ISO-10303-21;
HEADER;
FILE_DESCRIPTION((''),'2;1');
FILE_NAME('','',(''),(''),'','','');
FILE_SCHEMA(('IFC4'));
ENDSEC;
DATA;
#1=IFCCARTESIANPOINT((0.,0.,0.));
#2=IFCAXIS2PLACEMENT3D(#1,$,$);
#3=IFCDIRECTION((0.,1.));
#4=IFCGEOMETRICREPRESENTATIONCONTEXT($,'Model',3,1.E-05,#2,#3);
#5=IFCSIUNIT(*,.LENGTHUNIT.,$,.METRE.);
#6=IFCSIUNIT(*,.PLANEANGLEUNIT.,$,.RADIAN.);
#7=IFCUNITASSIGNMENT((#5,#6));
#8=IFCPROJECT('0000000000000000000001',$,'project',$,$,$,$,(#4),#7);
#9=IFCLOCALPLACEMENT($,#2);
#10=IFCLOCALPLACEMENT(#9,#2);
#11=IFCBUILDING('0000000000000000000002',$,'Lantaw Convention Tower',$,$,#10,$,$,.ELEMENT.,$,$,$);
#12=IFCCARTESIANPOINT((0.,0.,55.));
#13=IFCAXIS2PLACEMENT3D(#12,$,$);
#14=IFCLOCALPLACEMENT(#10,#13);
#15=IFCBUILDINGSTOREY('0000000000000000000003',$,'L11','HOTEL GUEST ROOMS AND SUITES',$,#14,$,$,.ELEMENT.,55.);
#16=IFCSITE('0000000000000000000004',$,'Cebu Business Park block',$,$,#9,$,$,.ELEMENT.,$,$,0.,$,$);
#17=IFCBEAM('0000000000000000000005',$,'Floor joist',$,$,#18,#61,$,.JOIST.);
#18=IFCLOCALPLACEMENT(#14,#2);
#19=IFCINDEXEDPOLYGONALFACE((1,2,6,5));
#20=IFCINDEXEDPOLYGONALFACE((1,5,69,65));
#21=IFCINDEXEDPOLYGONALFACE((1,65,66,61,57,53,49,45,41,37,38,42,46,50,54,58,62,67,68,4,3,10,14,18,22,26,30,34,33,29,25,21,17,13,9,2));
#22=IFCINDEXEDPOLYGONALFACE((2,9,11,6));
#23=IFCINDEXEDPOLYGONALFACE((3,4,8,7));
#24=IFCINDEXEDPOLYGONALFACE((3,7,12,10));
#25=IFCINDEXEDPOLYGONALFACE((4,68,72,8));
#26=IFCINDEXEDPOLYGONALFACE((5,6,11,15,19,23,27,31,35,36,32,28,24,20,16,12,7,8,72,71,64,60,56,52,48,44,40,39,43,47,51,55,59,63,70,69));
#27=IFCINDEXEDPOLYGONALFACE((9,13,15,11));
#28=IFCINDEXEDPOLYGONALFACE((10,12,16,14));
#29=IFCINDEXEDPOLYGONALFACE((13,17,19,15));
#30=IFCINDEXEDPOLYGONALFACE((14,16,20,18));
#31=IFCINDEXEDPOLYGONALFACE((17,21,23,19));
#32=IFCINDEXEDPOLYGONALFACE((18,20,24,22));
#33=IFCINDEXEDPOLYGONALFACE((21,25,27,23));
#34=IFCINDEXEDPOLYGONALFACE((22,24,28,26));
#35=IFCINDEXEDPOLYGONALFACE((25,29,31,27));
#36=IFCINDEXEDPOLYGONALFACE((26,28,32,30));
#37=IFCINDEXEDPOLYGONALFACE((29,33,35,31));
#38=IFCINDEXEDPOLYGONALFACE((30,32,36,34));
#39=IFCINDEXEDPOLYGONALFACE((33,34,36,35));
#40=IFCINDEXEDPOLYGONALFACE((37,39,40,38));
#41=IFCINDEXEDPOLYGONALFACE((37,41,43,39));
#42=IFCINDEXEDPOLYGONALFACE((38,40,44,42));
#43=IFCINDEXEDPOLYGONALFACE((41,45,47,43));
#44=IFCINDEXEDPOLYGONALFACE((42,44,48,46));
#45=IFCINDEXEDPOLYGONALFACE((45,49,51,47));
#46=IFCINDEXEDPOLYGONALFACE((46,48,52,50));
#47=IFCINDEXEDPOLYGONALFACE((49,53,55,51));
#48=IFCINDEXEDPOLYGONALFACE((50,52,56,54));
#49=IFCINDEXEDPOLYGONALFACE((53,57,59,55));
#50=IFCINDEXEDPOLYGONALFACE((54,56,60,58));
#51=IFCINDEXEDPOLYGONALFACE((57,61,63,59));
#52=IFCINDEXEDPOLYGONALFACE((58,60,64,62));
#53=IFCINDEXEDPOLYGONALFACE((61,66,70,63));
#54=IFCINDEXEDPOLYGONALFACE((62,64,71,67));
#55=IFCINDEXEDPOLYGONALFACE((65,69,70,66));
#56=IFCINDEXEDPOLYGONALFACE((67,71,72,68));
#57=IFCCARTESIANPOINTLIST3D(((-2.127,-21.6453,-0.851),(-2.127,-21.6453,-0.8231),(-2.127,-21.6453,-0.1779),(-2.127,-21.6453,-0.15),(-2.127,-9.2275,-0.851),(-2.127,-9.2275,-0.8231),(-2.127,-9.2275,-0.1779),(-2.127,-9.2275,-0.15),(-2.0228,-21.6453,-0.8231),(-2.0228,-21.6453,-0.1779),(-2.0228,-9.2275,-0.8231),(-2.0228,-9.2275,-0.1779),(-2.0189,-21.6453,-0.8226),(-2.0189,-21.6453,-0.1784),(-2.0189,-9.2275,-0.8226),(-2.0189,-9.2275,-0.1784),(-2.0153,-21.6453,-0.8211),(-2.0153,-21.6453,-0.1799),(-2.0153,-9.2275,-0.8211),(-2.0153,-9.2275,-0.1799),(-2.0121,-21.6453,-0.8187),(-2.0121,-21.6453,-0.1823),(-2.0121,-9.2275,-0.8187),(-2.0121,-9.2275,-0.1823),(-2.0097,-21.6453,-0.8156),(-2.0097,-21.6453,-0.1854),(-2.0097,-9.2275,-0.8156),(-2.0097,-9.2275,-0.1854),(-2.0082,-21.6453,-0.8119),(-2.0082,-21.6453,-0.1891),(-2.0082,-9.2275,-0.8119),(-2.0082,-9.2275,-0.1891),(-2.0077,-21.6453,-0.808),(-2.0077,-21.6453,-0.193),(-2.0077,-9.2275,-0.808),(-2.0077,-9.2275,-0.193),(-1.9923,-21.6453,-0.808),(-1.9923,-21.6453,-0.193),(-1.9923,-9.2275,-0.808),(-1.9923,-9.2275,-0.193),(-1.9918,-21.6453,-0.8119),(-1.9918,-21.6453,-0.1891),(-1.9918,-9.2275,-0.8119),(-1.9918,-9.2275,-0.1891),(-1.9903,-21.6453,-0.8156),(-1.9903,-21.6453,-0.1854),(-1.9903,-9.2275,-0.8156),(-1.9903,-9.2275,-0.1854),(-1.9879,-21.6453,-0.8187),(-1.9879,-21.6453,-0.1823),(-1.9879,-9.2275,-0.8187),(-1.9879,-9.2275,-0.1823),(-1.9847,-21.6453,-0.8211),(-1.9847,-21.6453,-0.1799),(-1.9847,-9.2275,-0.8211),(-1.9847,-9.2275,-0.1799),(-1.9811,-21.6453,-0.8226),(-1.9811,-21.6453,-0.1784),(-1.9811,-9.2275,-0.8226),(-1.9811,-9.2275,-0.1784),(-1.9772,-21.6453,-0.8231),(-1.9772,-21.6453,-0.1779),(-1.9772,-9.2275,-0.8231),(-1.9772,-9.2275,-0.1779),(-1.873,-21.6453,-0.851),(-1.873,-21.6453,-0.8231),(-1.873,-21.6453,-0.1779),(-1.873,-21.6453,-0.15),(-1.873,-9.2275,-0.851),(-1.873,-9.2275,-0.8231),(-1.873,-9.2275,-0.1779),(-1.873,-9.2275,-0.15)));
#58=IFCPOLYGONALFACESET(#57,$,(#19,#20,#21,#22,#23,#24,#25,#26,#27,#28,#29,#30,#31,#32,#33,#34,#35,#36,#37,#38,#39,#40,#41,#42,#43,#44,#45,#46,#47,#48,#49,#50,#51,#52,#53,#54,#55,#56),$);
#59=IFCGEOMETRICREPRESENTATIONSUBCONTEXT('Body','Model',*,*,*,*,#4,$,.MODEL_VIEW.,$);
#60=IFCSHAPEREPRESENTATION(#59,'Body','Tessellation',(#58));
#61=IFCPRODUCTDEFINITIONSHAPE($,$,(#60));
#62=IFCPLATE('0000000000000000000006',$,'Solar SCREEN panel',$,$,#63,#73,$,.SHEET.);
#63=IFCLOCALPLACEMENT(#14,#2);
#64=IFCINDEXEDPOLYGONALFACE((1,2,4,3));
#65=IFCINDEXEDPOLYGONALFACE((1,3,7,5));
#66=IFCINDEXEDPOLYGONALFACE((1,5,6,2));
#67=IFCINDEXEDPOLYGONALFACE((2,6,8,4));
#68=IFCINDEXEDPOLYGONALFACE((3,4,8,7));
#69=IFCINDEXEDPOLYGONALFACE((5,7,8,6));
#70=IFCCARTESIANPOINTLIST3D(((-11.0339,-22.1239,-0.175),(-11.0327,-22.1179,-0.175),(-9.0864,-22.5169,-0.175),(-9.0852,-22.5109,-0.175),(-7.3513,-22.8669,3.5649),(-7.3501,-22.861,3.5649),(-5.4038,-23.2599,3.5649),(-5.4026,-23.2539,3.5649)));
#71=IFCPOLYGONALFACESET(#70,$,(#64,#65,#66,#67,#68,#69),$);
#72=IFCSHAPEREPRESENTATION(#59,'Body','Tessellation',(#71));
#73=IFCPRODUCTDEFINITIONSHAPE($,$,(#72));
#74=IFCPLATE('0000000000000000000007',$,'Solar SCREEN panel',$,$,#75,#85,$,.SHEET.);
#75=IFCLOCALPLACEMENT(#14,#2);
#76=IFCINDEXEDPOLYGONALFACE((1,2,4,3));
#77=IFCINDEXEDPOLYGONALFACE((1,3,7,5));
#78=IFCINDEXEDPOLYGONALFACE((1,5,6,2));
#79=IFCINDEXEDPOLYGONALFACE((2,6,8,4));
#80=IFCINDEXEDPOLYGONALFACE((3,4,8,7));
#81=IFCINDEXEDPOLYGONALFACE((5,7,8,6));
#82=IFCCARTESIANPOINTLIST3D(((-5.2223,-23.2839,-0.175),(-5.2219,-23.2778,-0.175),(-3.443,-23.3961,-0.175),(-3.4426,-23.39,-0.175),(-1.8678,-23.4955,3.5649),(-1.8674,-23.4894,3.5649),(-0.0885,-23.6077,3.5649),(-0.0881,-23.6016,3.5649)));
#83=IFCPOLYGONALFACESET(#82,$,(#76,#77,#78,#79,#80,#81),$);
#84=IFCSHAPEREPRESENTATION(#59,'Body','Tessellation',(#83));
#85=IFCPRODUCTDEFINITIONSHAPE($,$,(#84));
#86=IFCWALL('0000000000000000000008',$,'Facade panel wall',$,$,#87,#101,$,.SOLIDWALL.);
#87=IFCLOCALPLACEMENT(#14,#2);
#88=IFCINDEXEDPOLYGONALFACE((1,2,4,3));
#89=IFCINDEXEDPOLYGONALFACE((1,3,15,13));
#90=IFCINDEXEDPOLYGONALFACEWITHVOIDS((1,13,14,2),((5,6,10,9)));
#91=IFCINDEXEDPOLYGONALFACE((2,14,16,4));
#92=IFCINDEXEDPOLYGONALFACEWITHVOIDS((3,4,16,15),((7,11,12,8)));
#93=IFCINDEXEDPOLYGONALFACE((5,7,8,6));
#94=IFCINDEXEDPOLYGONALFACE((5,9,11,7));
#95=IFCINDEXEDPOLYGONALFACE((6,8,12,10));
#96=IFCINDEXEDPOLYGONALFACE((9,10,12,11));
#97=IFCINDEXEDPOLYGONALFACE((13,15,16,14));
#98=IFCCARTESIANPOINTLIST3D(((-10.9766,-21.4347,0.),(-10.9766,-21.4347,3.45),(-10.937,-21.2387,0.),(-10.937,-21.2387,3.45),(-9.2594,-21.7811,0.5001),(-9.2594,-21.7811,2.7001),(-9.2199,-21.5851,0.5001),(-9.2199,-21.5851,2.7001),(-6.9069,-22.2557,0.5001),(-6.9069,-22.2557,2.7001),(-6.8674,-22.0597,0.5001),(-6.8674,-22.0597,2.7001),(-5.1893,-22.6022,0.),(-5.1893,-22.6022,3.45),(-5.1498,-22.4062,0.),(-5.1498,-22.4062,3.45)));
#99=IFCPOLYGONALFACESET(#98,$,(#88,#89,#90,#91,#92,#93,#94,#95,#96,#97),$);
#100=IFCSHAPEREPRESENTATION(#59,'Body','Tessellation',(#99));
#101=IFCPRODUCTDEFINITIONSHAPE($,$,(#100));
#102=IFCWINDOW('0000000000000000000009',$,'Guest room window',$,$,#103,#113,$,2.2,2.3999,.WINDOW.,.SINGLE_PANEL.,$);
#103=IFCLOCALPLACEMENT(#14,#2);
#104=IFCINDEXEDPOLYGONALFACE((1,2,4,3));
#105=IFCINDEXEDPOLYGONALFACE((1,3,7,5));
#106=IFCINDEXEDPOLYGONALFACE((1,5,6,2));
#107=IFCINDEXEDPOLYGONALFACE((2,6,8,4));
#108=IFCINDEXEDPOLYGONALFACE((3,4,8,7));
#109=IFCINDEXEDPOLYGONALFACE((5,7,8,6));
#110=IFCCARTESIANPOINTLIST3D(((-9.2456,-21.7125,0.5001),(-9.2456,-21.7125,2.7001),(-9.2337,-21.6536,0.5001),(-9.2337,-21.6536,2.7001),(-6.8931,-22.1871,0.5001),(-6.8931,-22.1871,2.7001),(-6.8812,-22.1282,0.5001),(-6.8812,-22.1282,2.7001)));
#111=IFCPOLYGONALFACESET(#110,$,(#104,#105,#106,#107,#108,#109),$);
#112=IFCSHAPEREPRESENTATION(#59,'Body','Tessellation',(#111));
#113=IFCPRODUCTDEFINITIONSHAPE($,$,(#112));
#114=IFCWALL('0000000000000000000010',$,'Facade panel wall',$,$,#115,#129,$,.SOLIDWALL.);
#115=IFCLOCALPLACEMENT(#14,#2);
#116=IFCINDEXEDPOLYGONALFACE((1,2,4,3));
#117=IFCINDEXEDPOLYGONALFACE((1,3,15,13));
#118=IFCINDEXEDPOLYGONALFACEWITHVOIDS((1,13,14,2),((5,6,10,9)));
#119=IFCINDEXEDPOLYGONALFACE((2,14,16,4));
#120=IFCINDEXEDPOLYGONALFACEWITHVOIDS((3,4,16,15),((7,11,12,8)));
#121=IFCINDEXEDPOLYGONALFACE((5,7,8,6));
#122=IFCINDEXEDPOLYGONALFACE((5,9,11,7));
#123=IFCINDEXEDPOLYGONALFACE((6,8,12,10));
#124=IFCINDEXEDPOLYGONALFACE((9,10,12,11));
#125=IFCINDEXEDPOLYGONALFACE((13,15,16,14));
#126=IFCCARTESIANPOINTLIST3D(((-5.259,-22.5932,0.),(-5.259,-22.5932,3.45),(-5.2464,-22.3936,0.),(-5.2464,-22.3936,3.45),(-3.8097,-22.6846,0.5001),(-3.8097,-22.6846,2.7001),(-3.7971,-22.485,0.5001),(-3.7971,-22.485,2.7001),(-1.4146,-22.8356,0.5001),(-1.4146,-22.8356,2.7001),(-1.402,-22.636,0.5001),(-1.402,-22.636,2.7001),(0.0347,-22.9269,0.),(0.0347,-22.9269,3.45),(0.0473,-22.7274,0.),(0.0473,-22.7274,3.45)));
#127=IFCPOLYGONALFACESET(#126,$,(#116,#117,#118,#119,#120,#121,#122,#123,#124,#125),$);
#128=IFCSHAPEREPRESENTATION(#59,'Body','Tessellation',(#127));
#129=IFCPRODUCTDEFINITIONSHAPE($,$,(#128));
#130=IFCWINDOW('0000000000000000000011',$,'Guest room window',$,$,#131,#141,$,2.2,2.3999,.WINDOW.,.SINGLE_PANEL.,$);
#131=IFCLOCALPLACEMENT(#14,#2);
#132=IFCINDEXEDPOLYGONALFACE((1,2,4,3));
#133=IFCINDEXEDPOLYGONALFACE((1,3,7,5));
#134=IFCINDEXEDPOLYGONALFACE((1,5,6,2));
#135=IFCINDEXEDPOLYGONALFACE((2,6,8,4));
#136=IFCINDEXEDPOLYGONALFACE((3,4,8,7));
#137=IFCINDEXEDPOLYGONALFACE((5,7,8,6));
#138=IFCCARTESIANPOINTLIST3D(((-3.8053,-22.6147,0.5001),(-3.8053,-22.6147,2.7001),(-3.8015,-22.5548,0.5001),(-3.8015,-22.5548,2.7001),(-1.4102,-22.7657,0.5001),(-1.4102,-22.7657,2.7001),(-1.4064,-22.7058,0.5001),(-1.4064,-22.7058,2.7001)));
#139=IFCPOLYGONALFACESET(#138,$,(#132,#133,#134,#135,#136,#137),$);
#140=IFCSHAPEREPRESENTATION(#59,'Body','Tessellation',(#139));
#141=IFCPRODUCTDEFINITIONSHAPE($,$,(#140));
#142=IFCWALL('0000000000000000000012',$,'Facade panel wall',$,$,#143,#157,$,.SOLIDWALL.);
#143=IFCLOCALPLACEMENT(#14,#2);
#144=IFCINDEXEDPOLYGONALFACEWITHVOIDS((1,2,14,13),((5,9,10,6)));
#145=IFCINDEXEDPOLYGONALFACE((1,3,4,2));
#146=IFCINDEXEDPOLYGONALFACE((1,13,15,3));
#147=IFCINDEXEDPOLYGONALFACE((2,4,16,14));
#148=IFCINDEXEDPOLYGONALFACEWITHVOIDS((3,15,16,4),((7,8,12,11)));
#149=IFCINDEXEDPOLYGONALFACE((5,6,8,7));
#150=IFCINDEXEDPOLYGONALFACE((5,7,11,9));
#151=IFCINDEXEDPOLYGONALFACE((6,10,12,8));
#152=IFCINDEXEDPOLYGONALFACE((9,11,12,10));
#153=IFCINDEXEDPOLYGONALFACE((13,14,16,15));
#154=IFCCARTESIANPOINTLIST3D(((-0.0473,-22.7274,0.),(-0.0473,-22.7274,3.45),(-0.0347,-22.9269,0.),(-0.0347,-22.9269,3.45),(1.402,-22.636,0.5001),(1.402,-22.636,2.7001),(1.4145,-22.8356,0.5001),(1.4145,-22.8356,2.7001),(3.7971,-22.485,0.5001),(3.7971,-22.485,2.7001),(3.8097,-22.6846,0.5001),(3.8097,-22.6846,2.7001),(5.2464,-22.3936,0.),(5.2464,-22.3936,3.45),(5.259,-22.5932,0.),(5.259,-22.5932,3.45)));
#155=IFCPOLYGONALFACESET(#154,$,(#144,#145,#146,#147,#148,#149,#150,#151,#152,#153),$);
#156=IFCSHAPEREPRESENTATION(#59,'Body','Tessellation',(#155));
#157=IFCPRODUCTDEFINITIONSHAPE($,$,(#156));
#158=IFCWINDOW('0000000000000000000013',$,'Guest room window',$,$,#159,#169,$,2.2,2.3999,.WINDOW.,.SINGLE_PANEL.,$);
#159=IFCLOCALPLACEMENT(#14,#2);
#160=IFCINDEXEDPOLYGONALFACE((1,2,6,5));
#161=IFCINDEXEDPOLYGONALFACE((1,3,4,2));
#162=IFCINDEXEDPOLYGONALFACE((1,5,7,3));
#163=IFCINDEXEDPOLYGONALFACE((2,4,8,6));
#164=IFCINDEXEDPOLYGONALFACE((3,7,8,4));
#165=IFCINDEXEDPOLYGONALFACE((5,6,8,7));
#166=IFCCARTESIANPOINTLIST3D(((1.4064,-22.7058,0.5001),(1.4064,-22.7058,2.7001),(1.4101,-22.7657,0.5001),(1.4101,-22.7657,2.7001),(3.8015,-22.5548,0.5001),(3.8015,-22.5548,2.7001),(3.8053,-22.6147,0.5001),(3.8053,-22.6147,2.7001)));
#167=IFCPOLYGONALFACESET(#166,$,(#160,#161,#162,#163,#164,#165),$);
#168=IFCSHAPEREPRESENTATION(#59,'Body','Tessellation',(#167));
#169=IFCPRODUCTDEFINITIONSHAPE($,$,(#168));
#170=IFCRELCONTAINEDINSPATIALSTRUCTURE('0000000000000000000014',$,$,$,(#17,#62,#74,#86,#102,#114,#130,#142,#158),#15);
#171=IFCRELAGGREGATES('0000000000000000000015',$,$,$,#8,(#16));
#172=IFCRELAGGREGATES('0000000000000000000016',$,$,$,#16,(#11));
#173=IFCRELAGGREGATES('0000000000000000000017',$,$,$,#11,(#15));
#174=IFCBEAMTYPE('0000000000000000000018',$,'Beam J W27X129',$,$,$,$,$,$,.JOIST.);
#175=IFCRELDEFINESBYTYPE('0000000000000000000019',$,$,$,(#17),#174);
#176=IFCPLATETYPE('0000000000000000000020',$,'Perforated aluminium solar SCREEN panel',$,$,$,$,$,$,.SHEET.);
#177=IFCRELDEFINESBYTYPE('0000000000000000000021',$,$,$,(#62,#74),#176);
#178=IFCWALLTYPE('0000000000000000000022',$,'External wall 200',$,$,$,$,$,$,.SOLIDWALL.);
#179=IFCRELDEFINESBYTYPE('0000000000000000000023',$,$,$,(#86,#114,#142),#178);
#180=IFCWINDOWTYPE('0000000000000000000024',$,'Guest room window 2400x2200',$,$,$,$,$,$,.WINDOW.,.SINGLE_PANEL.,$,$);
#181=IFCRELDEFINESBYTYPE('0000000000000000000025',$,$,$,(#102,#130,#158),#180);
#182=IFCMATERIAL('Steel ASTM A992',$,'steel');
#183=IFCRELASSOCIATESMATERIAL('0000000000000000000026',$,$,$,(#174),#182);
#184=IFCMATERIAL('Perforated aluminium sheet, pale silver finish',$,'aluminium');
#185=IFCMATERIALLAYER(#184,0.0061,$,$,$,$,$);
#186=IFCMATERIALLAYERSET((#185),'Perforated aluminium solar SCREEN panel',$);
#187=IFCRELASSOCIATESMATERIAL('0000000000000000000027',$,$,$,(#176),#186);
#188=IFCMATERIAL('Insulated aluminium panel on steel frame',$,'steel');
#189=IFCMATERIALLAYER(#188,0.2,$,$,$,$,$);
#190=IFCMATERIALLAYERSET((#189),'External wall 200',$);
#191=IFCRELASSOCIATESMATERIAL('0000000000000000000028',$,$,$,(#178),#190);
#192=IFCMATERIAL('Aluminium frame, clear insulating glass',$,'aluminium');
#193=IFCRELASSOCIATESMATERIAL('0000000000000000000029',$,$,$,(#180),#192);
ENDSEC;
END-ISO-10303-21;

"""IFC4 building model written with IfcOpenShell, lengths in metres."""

from ifc_helpers import new_model, si_unit, direction, frame, frame_2d, origin, origin_2d, place, context, subcontext, project, spatial, polyline, rectangle, i_section, outline, extrude, material, layer, layer_set, material_profile, profile_set, type_object, element, fill, save


model = new_model("IFC4")

# Units and contexts
model_context = context("Model", 3, precision=1e-05, world=origin(), true_north=direction((0.0, 1.0)))
body_context = subcontext(model_context, "Body", "Model", "MODEL_VIEW")
ifc_project = project(units=[si_unit("LENGTHUNIT", "METRE"), si_unit("PLANEANGLEUNIT", "RADIAN")], contexts=[model_context])

# Site, building, storey
site_placement = place(None, origin())
site = spatial("IfcSite", under=ifc_project, at=site_placement, Name="Cebu Business Park block", CompositionType="ELEMENT", RefElevation=0.0)
building_placement = place(site_placement, origin())
building = spatial("IfcBuilding", under=site, at=building_placement, Name="Lantaw Convention Tower", CompositionType="ELEMENT")
storey_placement = place(building_placement, frame((0.0, 0.0, 55.0)))
storey = spatial("IfcBuildingStorey", under=building, at=storey_placement, Name="L11", Description="HOTEL GUEST ROOMS AND SUITES", CompositionType="ELEMENT", Elevation=55.0)

# Beam
ifc_material_1 = material(Name="Steel ASTM A992", Category="steel")
ifc_material_profile_1 = material_profile(ifc_material_1, i_section(OverallWidth=0.2539, OverallDepth=0.7009, WebThickness=0.0154, FlangeThickness=0.0278, FilletRadius=0.0151, at=origin_2d()), Name="W27X129")
ifc_profile_set_1 = profile_set([ifc_material_profile_1], Name="Steel ASTM A992")
beam_type_1 = type_object("IfcBeamType", Name="Beam J W27X129", PredefinedType="JOIST", material=ifc_profile_set_1)
beam_1_placement = place(storey_placement, frame((-2.0, -21.6453, -0.5005), z_axis=(0.0, 1.0, 0.0), x_axis=(-1.0, 0.0, 0.0)))
element("IfcBeam", 1, at=beam_1_placement, inside=storey, type_object=beam_type_1, Name="Floor joist", PredefinedType="JOIST", context=body_context, shape_type="SweptSolid", body=[
    extrude(i_section(OverallWidth=0.2539, OverallDepth=0.7009, WebThickness=0.0154, FlangeThickness=0.0278, FilletRadius=0.0151, at=origin_2d()), origin(), (0.0, 0.0, 1.0), 12.4177),
])

# Plates
ifc_material_2 = material(Name="Perforated aluminium sheet, pale silver finish", Category="aluminium")
ifc_layer_1 = layer(ifc_material_2, 0.0061)
ifc_layer_set_1 = layer_set([ifc_layer_1], Name="Perforated aluminium solar SCREEN panel")
plate_type = type_object("IfcPlateType", Name="Perforated aluminium solar SCREEN panel", PredefinedType="SHEET", material=ifc_layer_set_1)
plate_1_placement = place(storey_placement, frame((-11.0327, -22.1179, -0.175), z_axis=(0.197782, 0.980246, 0.000002), x_axis=(0.980246, -0.197782, 0.0)))
element("IfcPlate", 2, at=plate_1_placement, inside=storey, type_object=plate_type, Name="Solar SCREEN panel", PredefinedType="SHEET", context=body_context, shape_type="SweptSolid", body=[
    extrude(outline(polyline([(0.0, 0.0), (1.9868, 0.0), (5.7436, -3.74), (3.7569, -3.74), (0.0, 0.0)])), origin(), (0.0, 0.0, -1.0), 0.0061),
])
plate_2_placement = place(storey_placement, frame((-5.2219, -23.2778, -0.175), z_axis=(0.062924, 0.998018, 0.000014), x_axis=(0.998018, -0.062924, 0.0)))
element("IfcPlate", 3, at=plate_2_placement, inside=storey, type_object=plate_type, Name="Solar SCREEN panel", PredefinedType="SHEET", context=body_context, shape_type="SweptSolid", body=[
    extrude(outline(polyline([(0.0, 0.0), (1.7828, 0.0), (5.144, -3.74), (3.3612, -3.74), (0.0, 0.0)])), origin(), (0.0, 0.0, -1.0), 0.0061),
])

# Walls, openings, windows
ifc_material_3 = material(Name="Insulated aluminium panel on steel frame", Category="steel")
ifc_layer_2 = layer(ifc_material_3, 0.2)
ifc_layer_set_2 = layer_set([ifc_layer_2], Name="External wall 200")
wall_type = type_object("IfcWallType", Name="External wall 200", PredefinedType="SOLIDWALL", material=ifc_layer_set_2)
wall_1_placement = place(storey_placement, frame((-10.9568, -21.3367, 0.0), z_axis=(0.0, 0.0, 1.0), x_axis=(0.980252, -0.197754, 0.0)))
wall_1 = element("IfcWall", 4, at=wall_1_placement, inside=storey, type_object=wall_type, Name="Facade panel wall", PredefinedType="SOLIDWALL", context=body_context, shape_type="SweptSolid", body=[
    extrude(rectangle(XDim=5.9038, YDim=0.2, at=frame_2d((2.9519, 0.0))), origin(), (0.0, 0.0, 1.0), 3.45),
])
opening_1_placement = place(wall_1_placement, frame((1.7517, 0.0, 0.5)))
opening_1 = element("IfcOpeningElement", 5, at=opening_1_placement, cuts=wall_1, PredefinedType="OPENING", context=body_context, shape_type="SweptSolid", body=[
    extrude(rectangle(XDim=2.3999, YDim=2.2, at=frame_2d((1.2, 1.1001))), frame((0.0, 0.1099, 0.0), z_axis=(0.0, -1.0, 0.0), x_axis=(1.0, 0.0, 0.0)), (0.0, 0.0, 1.0), 0.22),
])
ifc_material_4 = material(Name="Aluminium frame, clear insulating glass", Category="aluminium")
window_type = type_object("IfcWindowType", Name="Guest room window 2400x2200", PartitioningType="SINGLE_PANEL", PredefinedType="WINDOW", material=ifc_material_4)
window_1_placement = place(opening_1_placement, origin())
window_1 = element("IfcWindow", 6, at=window_1_placement, inside=storey, type_object=window_type, Name="Guest room window", OverallHeight=2.2, OverallWidth=2.3999, PartitioningType="SINGLE_PANEL", PredefinedType="WINDOW", context=body_context, shape_type="SweptSolid", body=[
    extrude(rectangle(XDim=2.3999, YDim=2.2, at=frame_2d((1.2, 1.1001))), frame((0.0, 0.03, 0.0), z_axis=(0.0, -1.0, 0.0), x_axis=(1.0, 0.0, 0.0)), (0.0, 0.0, 1.0), 0.0601),
])
fill(opening_1, window_1)
wall_2_placement = place(storey_placement, frame((-5.2527, -22.4934, 0.0), z_axis=(0.0, 0.0, 1.0), x_axis=(0.998019, -0.06292, 0.0)))
wall_2 = element("IfcWall", 7, at=wall_2_placement, inside=storey, type_object=wall_type, Name="Facade panel wall", PredefinedType="SOLIDWALL", context=body_context, shape_type="SweptSolid", body=[
    extrude(rectangle(XDim=5.3042, YDim=0.2, at=frame_2d((2.6521, 0.0))), origin(), (0.0, 0.0, 1.0), 3.45),
])
opening_2_placement = place(wall_2_placement, frame((1.4521, 0.0, 0.5)))
opening_2 = element("IfcOpeningElement", 8, at=opening_2_placement, cuts=wall_2, PredefinedType="OPENING", context=body_context, shape_type="SweptSolid", body=[
    extrude(rectangle(XDim=2.3999, YDim=2.2, at=frame_2d((1.2, 1.1001))), frame((0.0, 0.1099, 0.0), z_axis=(0.0, -1.0, 0.0), x_axis=(1.0, 0.0, 0.0)), (0.0, 0.0, 1.0), 0.22),
])
window_2_placement = place(opening_2_placement, origin())
window_2 = element("IfcWindow", 9, at=window_2_placement, inside=storey, type_object=window_type, Name="Guest room window", OverallHeight=2.2, OverallWidth=2.3999, PartitioningType="SINGLE_PANEL", PredefinedType="WINDOW", context=body_context, shape_type="SweptSolid", body=[
    extrude(rectangle(XDim=2.3999, YDim=2.2, at=frame_2d((1.2, 1.1001))), frame((0.0, 0.03, 0.0), z_axis=(0.0, -1.0, 0.0), x_axis=(1.0, 0.0, 0.0)), (0.0, 0.0, 1.0), 0.0601),
])
fill(opening_2, window_2)
wall_3_placement = place(storey_placement, frame((-0.041, -22.8271, 0.0), z_axis=(0.0, 0.0, 1.0), x_axis=(0.998019, 0.06292, 0.0)))
wall_3 = element("IfcWall", 10, at=wall_3_placement, inside=storey, type_object=wall_type, Name="Facade panel wall", PredefinedType="SOLIDWALL", context=body_context, shape_type="SweptSolid", body=[
    extrude(rectangle(XDim=5.3042, YDim=0.2, at=frame_2d((2.6521, 0.0))), origin(), (0.0, 0.0, 1.0), 3.45),
])
opening_3_placement = place(wall_3_placement, frame((1.4521, 0.0, 0.5)))
opening_3 = element("IfcOpeningElement", 11, at=opening_3_placement, cuts=wall_3, PredefinedType="OPENING", context=body_context, shape_type="SweptSolid", body=[
    extrude(rectangle(XDim=2.3999, YDim=2.2, at=frame_2d((1.2, 1.1001))), frame((0.0, 0.1099, 0.0), z_axis=(0.0, -1.0, 0.0), x_axis=(1.0, 0.0, 0.0)), (0.0, 0.0, 1.0), 0.22),
])
window_3_placement = place(opening_3_placement, origin())
window_3 = element("IfcWindow", 12, at=window_3_placement, inside=storey, type_object=window_type, Name="Guest room window", OverallHeight=2.2, OverallWidth=2.3999, PartitioningType="SINGLE_PANEL", PredefinedType="WINDOW", context=body_context, shape_type="SweptSolid", body=[
    extrude(rectangle(XDim=2.3999, YDim=2.2, at=frame_2d((1.2, 1.1001))), frame((0.0, 0.03, 0.0), z_axis=(0.0, -1.0, 0.0), x_axis=(1.0, 0.0, 0.0)), (0.0, 0.0, 1.0), 0.0601),
])
fill(opening_3, window_3)

save(model, "model.ifc")
